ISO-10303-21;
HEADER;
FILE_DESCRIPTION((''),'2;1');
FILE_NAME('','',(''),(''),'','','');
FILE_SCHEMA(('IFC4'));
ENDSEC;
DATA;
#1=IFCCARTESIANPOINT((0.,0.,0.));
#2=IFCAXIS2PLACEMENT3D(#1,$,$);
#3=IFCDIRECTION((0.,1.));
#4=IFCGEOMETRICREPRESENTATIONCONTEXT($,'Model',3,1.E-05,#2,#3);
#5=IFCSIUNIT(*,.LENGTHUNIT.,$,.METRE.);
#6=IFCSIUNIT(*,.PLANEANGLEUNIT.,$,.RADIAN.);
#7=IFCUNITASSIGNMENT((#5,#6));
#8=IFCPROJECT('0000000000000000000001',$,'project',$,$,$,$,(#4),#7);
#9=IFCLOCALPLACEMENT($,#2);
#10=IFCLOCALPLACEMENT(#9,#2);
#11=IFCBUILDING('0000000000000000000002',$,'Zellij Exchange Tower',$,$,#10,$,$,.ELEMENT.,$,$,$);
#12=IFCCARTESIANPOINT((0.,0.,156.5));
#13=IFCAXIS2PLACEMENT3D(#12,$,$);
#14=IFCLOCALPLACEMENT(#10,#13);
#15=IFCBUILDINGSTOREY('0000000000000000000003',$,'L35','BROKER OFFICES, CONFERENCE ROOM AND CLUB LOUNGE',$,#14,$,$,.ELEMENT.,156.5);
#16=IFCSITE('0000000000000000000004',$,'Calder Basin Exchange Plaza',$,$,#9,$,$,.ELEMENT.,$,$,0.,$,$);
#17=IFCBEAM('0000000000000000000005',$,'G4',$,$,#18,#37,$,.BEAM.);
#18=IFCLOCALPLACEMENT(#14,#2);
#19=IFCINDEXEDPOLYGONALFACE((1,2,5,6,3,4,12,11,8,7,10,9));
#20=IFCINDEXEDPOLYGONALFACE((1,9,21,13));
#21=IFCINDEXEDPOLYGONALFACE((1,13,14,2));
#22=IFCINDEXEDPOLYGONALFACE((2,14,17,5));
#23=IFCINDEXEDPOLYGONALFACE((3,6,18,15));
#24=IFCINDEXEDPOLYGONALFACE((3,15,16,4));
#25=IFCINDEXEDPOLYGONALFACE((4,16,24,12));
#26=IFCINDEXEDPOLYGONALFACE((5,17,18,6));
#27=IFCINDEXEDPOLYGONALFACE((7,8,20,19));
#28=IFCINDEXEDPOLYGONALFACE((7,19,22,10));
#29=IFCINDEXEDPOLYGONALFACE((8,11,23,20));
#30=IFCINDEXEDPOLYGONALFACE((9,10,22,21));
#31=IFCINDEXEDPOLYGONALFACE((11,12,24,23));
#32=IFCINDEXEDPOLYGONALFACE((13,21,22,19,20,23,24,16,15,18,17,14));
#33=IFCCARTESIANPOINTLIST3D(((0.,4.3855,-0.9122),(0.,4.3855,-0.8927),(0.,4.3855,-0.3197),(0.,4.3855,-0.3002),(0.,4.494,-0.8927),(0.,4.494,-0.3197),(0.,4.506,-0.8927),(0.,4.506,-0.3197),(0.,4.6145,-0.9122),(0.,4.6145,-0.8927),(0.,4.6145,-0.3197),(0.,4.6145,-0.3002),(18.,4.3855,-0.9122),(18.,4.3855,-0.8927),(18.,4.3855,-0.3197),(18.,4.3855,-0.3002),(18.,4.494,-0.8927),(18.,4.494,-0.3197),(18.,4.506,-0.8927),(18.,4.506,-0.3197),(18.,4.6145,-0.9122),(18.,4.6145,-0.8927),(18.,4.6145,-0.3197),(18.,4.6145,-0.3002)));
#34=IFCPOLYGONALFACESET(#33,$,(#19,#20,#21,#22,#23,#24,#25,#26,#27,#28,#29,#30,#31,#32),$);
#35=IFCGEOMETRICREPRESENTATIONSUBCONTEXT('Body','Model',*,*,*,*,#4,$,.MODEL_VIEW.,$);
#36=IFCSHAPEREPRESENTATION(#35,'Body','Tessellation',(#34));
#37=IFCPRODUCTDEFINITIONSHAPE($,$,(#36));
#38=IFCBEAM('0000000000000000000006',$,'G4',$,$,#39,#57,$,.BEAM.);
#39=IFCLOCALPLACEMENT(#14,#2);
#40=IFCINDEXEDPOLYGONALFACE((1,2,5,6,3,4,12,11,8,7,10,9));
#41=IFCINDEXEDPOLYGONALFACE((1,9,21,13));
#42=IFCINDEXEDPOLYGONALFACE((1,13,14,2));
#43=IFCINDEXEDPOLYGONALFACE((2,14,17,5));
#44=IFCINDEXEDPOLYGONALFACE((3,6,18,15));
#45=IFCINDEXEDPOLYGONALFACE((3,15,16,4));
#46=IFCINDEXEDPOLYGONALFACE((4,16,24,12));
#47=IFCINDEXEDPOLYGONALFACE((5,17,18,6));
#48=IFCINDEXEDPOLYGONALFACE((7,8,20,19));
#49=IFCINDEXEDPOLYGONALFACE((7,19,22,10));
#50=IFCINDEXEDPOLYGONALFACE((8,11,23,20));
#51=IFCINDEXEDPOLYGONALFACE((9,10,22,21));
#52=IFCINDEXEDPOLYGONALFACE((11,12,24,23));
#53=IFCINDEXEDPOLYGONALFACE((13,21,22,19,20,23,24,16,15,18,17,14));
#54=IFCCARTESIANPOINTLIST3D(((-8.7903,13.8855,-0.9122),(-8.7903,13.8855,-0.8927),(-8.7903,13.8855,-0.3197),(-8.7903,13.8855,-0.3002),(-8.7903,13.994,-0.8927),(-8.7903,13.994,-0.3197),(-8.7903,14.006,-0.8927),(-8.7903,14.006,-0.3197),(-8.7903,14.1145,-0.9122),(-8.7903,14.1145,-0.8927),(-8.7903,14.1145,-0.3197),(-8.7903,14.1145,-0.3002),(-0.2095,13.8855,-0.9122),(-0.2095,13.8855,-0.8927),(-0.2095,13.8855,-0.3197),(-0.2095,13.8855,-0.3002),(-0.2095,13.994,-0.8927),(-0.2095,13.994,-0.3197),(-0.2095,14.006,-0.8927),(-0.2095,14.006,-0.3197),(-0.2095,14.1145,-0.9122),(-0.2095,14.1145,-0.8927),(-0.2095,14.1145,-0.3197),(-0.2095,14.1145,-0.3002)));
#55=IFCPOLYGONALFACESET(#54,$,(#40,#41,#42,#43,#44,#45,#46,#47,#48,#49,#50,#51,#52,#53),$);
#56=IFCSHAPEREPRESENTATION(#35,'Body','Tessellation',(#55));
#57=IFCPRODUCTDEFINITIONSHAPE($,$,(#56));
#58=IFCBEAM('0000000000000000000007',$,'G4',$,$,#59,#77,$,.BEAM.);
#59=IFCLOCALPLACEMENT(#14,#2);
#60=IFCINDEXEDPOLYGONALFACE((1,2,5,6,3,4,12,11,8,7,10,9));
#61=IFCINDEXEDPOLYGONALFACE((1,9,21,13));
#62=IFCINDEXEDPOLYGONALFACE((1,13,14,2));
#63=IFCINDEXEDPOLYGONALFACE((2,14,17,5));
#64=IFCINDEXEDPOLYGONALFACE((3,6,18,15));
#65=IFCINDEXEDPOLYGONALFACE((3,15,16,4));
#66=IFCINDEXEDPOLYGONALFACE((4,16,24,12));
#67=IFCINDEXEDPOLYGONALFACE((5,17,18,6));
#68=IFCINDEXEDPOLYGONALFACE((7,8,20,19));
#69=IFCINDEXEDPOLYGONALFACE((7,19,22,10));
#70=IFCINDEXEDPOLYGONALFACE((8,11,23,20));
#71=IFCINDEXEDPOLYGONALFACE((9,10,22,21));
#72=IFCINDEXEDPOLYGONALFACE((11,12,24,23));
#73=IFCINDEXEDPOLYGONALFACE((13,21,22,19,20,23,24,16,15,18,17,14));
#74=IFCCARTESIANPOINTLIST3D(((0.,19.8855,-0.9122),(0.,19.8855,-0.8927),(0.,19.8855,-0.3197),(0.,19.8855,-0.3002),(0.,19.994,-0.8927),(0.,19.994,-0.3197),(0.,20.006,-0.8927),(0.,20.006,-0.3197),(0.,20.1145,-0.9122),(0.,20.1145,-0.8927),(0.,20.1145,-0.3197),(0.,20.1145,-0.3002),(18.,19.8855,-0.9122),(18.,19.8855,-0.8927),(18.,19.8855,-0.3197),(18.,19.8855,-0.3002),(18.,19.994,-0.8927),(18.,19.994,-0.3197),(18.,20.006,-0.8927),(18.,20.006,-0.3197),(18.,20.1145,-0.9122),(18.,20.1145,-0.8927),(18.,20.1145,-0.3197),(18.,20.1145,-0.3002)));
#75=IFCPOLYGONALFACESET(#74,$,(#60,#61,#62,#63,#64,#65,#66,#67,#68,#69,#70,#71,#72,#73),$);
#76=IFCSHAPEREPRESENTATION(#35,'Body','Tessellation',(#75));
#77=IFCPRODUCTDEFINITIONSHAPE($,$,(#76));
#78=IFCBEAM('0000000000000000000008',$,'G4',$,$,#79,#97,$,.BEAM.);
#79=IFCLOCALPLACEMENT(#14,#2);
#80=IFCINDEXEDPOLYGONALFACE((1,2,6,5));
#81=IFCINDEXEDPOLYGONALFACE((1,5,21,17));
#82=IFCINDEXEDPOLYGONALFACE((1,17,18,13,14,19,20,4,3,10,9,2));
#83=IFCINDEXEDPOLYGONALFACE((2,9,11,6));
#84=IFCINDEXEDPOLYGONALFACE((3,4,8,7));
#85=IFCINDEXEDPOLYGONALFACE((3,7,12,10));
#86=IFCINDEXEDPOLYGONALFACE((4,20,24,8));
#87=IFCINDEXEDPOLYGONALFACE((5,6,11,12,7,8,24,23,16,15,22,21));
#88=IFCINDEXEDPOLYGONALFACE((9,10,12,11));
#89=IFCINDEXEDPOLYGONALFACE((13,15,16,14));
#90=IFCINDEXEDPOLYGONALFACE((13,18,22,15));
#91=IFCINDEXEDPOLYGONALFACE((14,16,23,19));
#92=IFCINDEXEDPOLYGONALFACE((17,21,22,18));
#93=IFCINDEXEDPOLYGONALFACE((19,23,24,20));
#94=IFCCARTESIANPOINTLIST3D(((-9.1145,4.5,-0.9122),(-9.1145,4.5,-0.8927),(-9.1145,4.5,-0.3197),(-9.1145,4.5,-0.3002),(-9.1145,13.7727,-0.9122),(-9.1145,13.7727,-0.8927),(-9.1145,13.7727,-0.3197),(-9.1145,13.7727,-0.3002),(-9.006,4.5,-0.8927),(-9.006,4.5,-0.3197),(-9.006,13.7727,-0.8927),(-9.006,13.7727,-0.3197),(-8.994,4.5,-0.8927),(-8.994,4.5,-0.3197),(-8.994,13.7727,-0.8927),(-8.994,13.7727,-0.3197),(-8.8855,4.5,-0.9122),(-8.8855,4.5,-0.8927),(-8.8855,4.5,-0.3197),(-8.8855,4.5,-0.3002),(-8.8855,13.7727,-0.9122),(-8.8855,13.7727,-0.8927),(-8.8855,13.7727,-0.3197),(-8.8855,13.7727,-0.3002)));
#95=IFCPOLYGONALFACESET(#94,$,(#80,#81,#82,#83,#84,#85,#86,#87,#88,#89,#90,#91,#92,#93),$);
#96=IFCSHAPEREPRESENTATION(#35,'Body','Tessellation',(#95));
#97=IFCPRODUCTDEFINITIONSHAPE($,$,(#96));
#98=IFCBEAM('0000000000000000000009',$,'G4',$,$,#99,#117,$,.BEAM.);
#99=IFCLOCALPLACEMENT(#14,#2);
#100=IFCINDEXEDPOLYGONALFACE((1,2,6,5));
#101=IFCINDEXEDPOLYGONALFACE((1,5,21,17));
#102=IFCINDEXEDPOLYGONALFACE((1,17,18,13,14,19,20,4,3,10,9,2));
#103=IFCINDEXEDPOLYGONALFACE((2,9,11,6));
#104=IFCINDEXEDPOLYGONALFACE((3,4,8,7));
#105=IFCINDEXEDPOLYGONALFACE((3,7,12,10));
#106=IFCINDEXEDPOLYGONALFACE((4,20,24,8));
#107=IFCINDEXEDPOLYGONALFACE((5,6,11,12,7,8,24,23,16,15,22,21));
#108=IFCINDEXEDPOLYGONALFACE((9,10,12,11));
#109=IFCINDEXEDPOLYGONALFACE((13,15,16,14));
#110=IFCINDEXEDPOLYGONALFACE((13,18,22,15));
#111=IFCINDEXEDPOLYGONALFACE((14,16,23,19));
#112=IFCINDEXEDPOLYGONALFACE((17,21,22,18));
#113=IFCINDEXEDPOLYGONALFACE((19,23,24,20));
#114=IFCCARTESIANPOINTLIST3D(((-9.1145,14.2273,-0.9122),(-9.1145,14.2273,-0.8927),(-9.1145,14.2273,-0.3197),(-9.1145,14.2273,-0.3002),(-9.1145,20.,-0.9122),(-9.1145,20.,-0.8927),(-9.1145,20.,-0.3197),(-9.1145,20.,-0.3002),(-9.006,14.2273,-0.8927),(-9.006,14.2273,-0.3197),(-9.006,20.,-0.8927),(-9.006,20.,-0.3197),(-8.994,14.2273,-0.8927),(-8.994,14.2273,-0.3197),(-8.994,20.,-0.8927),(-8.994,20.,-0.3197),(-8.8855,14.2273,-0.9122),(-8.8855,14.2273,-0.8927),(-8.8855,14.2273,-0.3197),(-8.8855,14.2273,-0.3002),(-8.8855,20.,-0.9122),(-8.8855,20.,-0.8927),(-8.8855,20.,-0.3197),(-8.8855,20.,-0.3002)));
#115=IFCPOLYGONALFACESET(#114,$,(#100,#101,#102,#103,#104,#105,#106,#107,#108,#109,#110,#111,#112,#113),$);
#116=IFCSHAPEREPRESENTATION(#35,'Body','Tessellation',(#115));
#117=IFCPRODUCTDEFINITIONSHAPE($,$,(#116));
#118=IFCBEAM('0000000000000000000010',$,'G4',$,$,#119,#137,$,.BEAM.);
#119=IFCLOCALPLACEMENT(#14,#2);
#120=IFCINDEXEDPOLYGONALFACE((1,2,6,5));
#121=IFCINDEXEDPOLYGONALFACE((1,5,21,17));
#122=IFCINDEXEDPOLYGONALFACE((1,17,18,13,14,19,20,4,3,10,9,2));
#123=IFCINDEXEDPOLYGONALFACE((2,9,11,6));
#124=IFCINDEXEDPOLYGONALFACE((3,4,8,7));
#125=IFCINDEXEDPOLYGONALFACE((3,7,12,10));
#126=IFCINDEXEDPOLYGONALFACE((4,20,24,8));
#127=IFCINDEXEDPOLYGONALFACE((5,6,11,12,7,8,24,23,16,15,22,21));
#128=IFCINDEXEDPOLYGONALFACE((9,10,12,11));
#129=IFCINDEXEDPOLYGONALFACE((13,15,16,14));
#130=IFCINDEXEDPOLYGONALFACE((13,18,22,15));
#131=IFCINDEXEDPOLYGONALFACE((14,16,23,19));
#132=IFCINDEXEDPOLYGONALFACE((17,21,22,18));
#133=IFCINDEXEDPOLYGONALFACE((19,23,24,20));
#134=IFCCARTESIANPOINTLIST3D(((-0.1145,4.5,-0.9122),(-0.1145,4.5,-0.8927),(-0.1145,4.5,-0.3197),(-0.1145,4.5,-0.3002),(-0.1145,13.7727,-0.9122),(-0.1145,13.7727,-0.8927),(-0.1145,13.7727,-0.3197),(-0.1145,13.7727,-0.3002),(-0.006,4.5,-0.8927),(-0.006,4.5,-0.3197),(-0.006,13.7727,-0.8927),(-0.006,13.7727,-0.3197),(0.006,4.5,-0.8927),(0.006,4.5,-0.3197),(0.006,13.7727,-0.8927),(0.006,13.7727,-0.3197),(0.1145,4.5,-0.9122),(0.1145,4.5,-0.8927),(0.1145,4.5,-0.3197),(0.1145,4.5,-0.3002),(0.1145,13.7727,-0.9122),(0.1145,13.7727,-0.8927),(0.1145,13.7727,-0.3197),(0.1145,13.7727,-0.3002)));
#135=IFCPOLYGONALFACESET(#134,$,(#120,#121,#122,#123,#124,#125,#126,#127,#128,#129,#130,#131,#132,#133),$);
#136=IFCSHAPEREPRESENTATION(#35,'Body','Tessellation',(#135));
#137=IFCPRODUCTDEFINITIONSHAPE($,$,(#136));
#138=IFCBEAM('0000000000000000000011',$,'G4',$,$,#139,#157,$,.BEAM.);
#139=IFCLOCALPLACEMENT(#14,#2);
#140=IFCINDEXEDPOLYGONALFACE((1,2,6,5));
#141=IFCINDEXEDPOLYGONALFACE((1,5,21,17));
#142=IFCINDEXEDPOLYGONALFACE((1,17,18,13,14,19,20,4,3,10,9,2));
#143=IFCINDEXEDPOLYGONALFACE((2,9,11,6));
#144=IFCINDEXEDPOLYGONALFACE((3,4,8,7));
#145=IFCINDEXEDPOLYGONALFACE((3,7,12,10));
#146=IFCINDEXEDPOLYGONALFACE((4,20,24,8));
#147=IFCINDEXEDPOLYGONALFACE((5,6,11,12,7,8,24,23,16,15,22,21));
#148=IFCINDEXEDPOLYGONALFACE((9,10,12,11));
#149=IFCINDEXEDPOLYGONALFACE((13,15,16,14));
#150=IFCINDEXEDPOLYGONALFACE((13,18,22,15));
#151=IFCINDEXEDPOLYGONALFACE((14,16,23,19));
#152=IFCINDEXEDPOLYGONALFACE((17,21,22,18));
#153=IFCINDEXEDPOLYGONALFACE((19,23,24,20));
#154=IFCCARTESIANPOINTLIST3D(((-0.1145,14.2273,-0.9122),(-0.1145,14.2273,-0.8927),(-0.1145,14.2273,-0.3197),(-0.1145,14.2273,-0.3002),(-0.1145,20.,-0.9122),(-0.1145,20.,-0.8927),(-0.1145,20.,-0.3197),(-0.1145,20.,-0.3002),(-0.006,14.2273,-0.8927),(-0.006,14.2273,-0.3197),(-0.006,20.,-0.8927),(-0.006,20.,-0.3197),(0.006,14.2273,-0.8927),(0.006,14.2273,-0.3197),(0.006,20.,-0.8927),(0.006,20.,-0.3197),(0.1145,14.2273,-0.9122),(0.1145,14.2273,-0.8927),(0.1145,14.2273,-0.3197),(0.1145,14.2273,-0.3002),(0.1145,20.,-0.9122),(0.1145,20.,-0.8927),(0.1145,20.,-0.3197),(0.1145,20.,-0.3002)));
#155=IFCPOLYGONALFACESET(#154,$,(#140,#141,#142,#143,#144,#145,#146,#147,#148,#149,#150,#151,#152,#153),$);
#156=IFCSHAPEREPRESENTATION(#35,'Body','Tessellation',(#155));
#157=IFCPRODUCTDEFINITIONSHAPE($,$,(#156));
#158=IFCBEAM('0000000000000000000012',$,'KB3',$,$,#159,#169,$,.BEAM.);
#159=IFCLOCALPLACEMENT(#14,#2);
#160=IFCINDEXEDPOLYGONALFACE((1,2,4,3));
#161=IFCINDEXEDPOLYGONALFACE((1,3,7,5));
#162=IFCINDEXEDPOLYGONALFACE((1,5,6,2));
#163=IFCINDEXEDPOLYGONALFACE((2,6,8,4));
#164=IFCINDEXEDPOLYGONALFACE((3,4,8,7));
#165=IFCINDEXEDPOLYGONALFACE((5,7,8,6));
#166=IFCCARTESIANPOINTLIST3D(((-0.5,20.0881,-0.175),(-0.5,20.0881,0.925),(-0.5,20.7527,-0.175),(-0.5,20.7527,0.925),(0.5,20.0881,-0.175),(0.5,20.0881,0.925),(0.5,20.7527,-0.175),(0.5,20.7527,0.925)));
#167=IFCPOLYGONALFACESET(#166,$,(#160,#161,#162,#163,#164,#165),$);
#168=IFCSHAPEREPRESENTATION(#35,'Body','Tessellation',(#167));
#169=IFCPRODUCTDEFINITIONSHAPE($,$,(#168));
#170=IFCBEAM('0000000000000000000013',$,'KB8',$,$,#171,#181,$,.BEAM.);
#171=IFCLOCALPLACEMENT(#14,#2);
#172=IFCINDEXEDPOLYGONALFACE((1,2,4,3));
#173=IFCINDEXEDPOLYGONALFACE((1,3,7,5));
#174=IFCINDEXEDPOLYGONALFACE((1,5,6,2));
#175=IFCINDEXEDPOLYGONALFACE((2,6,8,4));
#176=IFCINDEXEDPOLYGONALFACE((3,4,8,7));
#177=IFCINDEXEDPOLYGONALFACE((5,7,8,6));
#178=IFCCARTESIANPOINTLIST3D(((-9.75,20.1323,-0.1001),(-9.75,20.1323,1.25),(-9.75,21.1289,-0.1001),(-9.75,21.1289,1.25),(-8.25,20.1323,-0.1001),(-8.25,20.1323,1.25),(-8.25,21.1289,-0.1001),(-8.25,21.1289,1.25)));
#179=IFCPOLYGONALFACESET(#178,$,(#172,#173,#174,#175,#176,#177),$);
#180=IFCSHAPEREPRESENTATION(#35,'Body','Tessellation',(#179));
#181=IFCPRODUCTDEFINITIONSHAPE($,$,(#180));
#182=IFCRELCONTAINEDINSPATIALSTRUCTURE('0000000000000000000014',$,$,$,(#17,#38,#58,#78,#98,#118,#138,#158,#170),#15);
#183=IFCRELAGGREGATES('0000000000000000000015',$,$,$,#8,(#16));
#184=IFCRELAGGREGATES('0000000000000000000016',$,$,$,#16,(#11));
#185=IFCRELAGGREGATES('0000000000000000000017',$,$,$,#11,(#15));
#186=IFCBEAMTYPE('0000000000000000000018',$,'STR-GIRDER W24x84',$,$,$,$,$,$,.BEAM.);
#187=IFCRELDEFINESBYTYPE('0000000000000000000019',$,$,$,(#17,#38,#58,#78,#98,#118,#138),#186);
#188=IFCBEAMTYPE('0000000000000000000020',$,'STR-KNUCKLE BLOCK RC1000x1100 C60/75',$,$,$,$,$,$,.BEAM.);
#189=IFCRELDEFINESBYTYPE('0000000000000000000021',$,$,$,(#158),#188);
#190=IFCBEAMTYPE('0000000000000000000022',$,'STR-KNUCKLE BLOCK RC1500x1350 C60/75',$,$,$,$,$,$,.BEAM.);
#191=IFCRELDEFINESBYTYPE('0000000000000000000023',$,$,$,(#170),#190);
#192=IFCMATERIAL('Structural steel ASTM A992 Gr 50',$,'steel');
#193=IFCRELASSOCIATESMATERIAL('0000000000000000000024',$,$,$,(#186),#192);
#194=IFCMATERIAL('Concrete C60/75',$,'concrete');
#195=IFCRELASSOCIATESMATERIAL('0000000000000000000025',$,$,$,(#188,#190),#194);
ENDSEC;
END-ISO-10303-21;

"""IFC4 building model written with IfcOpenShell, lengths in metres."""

from ifc_helpers import new_model, si_unit, direction, frame, origin, origin_2d, place, context, subcontext, project, spatial, rectangle, i_section, extrude, material, material_profile, profile_set, type_object, element, save


model = new_model("IFC4")

# Units and contexts
model_context = context("Model", 3, precision=1e-05, world=origin(), true_north=direction((0.0, 1.0)))
body_context = subcontext(model_context, "Body", "Model", "MODEL_VIEW")
ifc_project = project(units=[si_unit("LENGTHUNIT", "METRE"), si_unit("PLANEANGLEUNIT", "RADIAN")], contexts=[model_context])

# Site, building, storey
site_placement = place(None, origin())
site = spatial("IfcSite", under=ifc_project, at=site_placement, Name="Calder Basin Exchange Plaza", CompositionType="ELEMENT", RefElevation=0.0)
building_placement = place(site_placement, origin())
building = spatial("IfcBuilding", under=site, at=building_placement, Name="Zellij Exchange Tower", CompositionType="ELEMENT")
storey_placement = place(building_placement, frame((0.0, 0.0, 156.5)))
storey = spatial("IfcBuildingStorey", under=building, at=storey_placement, Name="L35", Description="BROKER OFFICES, CONFERENCE ROOM AND CLUB LOUNGE", CompositionType="ELEMENT", Elevation=156.5)

# Shared definitions
ifc_material_1 = material(Name="Concrete C60/75", Category="concrete")

# Beams
ifc_material_2 = material(Name="Structural steel ASTM A992 Gr 50", Category="steel")
ifc_material_profile_1 = material_profile(ifc_material_2, i_section(OverallWidth=0.229, OverallDepth=0.6121, WebThickness=0.012, FlangeThickness=0.0195, at=origin_2d()), Name="W24x84")
ifc_profile_set_1 = profile_set([ifc_material_profile_1], Name="Structural steel ASTM A992 Gr 50")
beam_type_1 = type_object("IfcBeamType", Name="STR-GIRDER W24x84", PredefinedType="BEAM", material=ifc_profile_set_1)
beam_1_placement = place(storey_placement, frame((0.0, 4.5, -0.6062), z_axis=(1.0, 0.0, 0.0), x_axis=(0.0, 1.0, 0.0)))
element("IfcBeam", 1, at=beam_1_placement, inside=storey, type_object=beam_type_1, Name="G4", PredefinedType="BEAM", context=body_context, shape_type="SweptSolid", body=[
    extrude(i_section(OverallWidth=0.229, OverallDepth=0.6121, WebThickness=0.012, FlangeThickness=0.0195, at=origin_2d()), origin(), (0.0, 0.0, 1.0), 18.0),
])
beam_2_placement = place(storey_placement, frame((-8.7903, 14.0, -0.6062), z_axis=(1.0, 0.0, 0.0), x_axis=(0.0, 1.0, 0.0)))
element("IfcBeam", 2, at=beam_2_placement, inside=storey, type_object=beam_type_1, Name="G4", PredefinedType="BEAM", context=body_context, shape_type="SweptSolid", body=[
    extrude(i_section(OverallWidth=0.229, OverallDepth=0.6121, WebThickness=0.012, FlangeThickness=0.0195, at=origin_2d()), origin(), (0.0, 0.0, 1.0), 8.5808),
])
beam_3_placement = place(storey_placement, frame((0.0, 20.0, -0.6062), z_axis=(1.0, 0.0, 0.0), x_axis=(0.0, 1.0, 0.0)))
element("IfcBeam", 3, at=beam_3_placement, inside=storey, type_object=beam_type_1, Name="G4", PredefinedType="BEAM", context=body_context, shape_type="SweptSolid", body=[
    extrude(i_section(OverallWidth=0.229, OverallDepth=0.6121, WebThickness=0.012, FlangeThickness=0.0195, at=origin_2d()), origin(), (0.0, 0.0, 1.0), 18.0),
])
beam_4_placement = place(storey_placement, frame((-9.0, 4.5, -0.6062), z_axis=(0.0, 1.0, 0.0), x_axis=(-1.0, 0.0, 0.0)))
element("IfcBeam", 4, at=beam_4_placement, inside=storey, type_object=beam_type_1, Name="G4", PredefinedType="BEAM", context=body_context, shape_type="SweptSolid", body=[
    extrude(i_section(OverallWidth=0.229, OverallDepth=0.6121, WebThickness=0.012, FlangeThickness=0.0195, at=origin_2d()), origin(), (0.0, 0.0, 1.0), 9.2727),
])
beam_5_placement = place(storey_placement, frame((-9.0, 14.2273, -0.6062), z_axis=(0.0, 1.0, 0.0), x_axis=(-1.0, 0.0, 0.0)))
element("IfcBeam", 5, at=beam_5_placement, inside=storey, type_object=beam_type_1, Name="G4", PredefinedType="BEAM", context=body_context, shape_type="SweptSolid", body=[
    extrude(i_section(OverallWidth=0.229, OverallDepth=0.6121, WebThickness=0.012, FlangeThickness=0.0195, at=origin_2d()), origin(), (0.0, 0.0, 1.0), 5.7727),
])
beam_6_placement = place(storey_placement, frame((0.0, 4.5, -0.6062), z_axis=(0.0, 1.0, 0.0), x_axis=(-1.0, 0.0, 0.0)))
element("IfcBeam", 6, at=beam_6_placement, inside=storey, type_object=beam_type_1, Name="G4", PredefinedType="BEAM", context=body_context, shape_type="SweptSolid", body=[
    extrude(i_section(OverallWidth=0.229, OverallDepth=0.6121, WebThickness=0.012, FlangeThickness=0.0195, at=origin_2d()), origin(), (0.0, 0.0, 1.0), 9.2727),
])
beam_7_placement = place(storey_placement, frame((0.0, 14.2273, -0.6062), z_axis=(0.0, 1.0, 0.0), x_axis=(-1.0, 0.0, 0.0)))
element("IfcBeam", 7, at=beam_7_placement, inside=storey, type_object=beam_type_1, Name="G4", PredefinedType="BEAM", context=body_context, shape_type="SweptSolid", body=[
    extrude(i_section(OverallWidth=0.229, OverallDepth=0.6121, WebThickness=0.012, FlangeThickness=0.0195, at=origin_2d()), origin(), (0.0, 0.0, 1.0), 5.7727),
])
ifc_material_profile_2 = material_profile(ifc_material_1, rectangle(XDim=1.0, YDim=1.1001, at=origin_2d()), Name="STR-KNUCKLE BLOCK RC1000x1100 C60/75")
ifc_profile_set_2 = profile_set([ifc_material_profile_2], Name="Concrete C60/75")
beam_type_2 = type_object("IfcBeamType", Name="STR-KNUCKLE BLOCK RC1000x1100 C60/75", PredefinedType="BEAM", material=ifc_profile_set_2)
beam_8_placement = place(storey_placement, frame((0.0, 20.0881, 0.375), z_axis=(0.0, 1.0, 0.0), x_axis=(-1.0, 0.0, 0.0)))
element("IfcBeam", 8, at=beam_8_placement, inside=storey, type_object=beam_type_2, Name="KB3", PredefinedType="BEAM", context=body_context, shape_type="SweptSolid", body=[
    extrude(rectangle(XDim=1.0, YDim=1.1001, at=origin_2d()), origin(), (0.0, 0.0, 1.0), 0.6646),
])
ifc_material_profile_3 = material_profile(ifc_material_1, rectangle(XDim=1.5, YDim=1.3501, at=origin_2d()), Name="STR-KNUCKLE BLOCK RC1500x1350 C60/75")
ifc_profile_set_3 = profile_set([ifc_material_profile_3], Name="Concrete C60/75")
beam_type_3 = type_object("IfcBeamType", Name="STR-KNUCKLE BLOCK RC1500x1350 C60/75", PredefinedType="BEAM", material=ifc_profile_set_3)
beam_9_placement = place(storey_placement, frame((-9.0, 20.1323, 0.575), z_axis=(0.0, 1.0, 0.0), x_axis=(-1.0, 0.0, 0.0)))
element("IfcBeam", 9, at=beam_9_placement, inside=storey, type_object=beam_type_3, Name="KB8", PredefinedType="BEAM", context=body_context, shape_type="SweptSolid", body=[
    extrude(rectangle(XDim=1.5, YDim=1.3501, at=origin_2d()), origin(), (0.0, 0.0, 1.0), 0.9966),
])

save(model, "model.ifc")
